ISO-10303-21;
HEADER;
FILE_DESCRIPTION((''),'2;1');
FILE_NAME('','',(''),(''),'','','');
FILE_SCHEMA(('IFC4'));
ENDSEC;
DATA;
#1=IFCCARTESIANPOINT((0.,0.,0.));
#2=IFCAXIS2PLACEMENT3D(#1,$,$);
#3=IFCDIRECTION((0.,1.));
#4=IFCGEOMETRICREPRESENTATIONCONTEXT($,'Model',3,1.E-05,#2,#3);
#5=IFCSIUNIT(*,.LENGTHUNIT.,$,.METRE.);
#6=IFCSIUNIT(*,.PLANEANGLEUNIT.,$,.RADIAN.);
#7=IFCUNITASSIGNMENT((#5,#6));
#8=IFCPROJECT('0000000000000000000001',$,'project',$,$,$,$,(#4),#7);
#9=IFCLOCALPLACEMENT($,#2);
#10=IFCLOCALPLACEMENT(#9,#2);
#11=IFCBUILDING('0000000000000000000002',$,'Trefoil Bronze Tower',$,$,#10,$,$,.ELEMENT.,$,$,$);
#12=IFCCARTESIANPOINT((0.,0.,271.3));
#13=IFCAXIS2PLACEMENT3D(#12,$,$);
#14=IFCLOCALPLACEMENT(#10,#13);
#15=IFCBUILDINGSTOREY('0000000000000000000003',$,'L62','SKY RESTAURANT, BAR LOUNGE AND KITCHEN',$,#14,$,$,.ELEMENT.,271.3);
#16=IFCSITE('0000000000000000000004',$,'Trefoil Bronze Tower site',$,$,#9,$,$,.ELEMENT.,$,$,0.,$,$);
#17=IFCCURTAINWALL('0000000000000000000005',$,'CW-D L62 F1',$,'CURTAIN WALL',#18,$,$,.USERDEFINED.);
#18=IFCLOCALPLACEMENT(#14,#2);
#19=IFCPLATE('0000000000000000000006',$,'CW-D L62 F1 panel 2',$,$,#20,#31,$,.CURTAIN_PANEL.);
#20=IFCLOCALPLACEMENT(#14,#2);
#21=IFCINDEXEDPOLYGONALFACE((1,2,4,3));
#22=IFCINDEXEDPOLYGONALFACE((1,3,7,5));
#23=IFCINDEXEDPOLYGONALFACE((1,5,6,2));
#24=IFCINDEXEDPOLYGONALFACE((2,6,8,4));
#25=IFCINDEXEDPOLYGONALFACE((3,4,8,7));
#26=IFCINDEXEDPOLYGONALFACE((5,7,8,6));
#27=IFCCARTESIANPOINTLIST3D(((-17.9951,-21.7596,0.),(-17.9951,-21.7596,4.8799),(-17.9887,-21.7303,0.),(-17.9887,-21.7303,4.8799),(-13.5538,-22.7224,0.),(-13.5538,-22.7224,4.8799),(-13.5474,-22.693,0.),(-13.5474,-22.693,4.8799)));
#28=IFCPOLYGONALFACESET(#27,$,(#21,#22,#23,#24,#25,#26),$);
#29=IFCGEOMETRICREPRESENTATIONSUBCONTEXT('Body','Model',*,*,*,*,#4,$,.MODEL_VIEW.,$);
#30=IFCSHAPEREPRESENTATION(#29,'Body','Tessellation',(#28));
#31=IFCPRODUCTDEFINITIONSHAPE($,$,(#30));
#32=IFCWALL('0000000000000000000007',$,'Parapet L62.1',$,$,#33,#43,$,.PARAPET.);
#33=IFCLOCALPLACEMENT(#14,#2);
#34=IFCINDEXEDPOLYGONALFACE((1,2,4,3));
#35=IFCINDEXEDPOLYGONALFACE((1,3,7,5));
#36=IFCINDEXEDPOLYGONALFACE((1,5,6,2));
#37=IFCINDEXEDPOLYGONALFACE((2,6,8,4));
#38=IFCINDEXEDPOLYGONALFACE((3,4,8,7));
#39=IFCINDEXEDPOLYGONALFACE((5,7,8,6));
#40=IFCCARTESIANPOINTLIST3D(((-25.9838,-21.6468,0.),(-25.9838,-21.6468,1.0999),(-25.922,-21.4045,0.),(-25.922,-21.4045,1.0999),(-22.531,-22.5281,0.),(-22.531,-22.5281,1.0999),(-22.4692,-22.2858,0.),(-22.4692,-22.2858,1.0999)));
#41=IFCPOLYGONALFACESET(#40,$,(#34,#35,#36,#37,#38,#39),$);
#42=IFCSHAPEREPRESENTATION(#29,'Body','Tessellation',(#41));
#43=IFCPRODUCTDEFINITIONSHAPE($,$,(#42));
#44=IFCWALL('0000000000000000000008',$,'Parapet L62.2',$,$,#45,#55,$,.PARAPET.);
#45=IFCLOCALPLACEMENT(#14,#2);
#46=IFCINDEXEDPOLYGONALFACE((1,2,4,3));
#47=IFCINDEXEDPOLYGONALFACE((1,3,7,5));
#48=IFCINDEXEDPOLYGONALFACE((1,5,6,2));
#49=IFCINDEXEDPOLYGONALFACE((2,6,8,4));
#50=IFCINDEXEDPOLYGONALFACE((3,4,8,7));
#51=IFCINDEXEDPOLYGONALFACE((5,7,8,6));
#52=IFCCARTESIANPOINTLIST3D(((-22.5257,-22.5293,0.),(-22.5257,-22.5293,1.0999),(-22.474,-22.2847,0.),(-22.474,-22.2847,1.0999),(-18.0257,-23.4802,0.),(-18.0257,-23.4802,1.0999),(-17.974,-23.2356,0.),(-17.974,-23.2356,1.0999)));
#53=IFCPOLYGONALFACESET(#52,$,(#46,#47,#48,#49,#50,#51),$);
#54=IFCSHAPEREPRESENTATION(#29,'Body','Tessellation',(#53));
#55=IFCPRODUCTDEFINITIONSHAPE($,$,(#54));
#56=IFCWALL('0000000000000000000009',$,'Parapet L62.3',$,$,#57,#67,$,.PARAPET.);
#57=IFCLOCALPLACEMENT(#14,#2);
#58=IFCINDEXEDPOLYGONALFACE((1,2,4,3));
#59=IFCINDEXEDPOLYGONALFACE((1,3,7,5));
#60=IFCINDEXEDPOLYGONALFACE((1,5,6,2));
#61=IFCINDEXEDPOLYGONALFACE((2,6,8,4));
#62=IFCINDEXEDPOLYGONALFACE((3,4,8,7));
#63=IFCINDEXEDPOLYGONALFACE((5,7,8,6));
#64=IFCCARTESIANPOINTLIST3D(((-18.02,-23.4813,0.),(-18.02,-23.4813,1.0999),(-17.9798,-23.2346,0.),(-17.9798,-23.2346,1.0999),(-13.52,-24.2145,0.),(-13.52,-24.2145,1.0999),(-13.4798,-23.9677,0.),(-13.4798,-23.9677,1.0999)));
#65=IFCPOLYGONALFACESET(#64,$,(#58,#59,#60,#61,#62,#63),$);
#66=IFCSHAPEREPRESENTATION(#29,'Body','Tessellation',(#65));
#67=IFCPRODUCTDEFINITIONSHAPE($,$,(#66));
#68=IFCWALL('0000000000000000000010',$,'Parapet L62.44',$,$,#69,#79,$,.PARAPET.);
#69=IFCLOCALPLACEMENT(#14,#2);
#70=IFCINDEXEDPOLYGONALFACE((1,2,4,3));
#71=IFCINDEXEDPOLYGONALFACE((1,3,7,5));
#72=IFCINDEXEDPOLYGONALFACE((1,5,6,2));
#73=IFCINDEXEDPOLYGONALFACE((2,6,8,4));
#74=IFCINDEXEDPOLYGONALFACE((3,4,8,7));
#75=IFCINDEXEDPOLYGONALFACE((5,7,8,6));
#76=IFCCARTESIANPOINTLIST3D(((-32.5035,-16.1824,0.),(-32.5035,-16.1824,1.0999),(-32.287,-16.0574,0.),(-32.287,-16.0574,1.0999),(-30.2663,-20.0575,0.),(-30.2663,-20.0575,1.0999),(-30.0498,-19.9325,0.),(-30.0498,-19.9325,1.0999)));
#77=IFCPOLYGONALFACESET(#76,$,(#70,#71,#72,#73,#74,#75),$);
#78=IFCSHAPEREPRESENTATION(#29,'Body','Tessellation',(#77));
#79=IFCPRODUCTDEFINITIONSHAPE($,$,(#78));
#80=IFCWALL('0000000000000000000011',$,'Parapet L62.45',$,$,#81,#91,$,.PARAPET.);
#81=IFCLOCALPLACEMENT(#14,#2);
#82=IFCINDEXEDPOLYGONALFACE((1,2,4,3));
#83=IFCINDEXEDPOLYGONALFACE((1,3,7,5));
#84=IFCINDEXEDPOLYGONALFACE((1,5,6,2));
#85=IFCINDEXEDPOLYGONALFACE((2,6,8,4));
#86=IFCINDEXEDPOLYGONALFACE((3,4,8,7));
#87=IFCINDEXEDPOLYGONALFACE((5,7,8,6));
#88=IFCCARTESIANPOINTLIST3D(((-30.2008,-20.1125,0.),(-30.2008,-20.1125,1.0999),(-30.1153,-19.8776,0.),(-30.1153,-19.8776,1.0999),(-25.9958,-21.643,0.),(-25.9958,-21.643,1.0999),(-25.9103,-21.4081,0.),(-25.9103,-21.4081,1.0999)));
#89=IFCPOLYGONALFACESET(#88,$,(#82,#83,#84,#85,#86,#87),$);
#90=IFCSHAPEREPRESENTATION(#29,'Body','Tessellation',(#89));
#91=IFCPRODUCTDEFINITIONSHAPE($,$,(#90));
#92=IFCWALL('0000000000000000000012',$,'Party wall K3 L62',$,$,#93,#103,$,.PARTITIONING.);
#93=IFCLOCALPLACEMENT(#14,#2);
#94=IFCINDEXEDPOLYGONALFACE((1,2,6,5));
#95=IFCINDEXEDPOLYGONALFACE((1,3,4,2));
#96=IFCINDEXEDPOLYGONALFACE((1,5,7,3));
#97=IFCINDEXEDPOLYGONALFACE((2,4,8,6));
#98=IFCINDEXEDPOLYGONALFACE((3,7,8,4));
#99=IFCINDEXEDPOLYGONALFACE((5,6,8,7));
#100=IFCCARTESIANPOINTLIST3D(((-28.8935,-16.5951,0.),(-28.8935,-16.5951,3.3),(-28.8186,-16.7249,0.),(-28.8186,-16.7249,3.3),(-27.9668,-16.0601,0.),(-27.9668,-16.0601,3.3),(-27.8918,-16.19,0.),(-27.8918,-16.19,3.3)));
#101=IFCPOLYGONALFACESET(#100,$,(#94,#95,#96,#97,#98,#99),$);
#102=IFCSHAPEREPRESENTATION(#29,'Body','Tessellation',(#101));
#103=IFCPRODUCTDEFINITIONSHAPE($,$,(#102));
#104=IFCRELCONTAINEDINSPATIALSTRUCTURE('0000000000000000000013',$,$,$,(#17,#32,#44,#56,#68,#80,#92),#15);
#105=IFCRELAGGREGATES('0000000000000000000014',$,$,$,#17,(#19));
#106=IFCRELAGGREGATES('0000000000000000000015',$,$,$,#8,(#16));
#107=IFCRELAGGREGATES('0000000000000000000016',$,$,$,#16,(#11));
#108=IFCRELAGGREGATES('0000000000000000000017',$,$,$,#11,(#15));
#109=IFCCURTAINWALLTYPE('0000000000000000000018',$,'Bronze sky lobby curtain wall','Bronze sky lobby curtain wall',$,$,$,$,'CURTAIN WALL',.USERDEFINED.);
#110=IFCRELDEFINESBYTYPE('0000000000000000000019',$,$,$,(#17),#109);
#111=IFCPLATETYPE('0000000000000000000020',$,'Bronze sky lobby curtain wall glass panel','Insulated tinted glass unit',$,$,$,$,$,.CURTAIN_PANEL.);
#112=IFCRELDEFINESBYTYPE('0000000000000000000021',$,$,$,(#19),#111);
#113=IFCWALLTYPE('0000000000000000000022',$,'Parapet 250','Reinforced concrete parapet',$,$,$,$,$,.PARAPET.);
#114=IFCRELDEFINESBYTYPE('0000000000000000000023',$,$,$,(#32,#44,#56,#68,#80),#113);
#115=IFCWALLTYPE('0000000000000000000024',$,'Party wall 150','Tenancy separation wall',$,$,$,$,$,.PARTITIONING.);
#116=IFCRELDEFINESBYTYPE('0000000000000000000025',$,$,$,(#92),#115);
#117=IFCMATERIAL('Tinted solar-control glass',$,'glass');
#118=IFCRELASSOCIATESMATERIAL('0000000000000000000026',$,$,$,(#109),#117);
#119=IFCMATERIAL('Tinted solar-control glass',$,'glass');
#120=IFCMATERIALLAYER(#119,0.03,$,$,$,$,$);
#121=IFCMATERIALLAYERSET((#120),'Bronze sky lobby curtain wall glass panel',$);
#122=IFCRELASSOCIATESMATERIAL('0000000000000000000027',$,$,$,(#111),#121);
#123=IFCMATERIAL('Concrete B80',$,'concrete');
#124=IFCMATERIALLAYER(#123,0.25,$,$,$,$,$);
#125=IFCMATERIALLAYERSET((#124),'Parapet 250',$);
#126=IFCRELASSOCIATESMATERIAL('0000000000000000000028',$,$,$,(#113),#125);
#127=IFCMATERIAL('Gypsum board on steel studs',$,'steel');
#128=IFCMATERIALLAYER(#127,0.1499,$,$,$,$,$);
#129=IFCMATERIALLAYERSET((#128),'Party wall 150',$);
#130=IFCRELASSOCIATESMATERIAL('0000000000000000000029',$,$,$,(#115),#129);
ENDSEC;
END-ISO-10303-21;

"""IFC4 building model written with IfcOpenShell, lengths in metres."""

from ifc_helpers import new_model, si_unit, direction, frame, frame_2d, origin, origin_2d, place, context, subcontext, project, spatial, rectangle, extrude, material, layer, layer_set, type_object, element, aggregate, save


model = new_model("IFC4")

# Units and contexts
model_context = context("Model", 3, precision=1e-05, world=origin(), true_north=direction((0.0, 1.0)))
body_context = subcontext(model_context, "Body", "Model", "MODEL_VIEW")
ifc_project = project(units=[si_unit("LENGTHUNIT", "METRE"), si_unit("PLANEANGLEUNIT", "RADIAN")], contexts=[model_context])

# Site, building, storey
site_placement = place(None, origin())
site = spatial("IfcSite", under=ifc_project, at=site_placement, Name="Trefoil Bronze Tower site", CompositionType="ELEMENT", RefElevation=0.0)
building_placement = place(site_placement, origin())
building = spatial("IfcBuilding", under=site, at=building_placement, Name="Trefoil Bronze Tower", CompositionType="ELEMENT")
storey_placement = place(building_placement, frame((0.0, 0.0, 271.3)))
storey = spatial("IfcBuildingStorey", under=building, at=storey_placement, Name="L62", Description="SKY RESTAURANT, BAR LOUNGE AND KITCHEN", CompositionType="ELEMENT", Elevation=271.3)

# Curtain wall
ifc_material_1 = material(Name="Tinted solar-control glass", Category="glass")
curtain_wall_type_1 = type_object("IfcCurtainWallType", Name="Bronze sky lobby curtain wall", Description="Bronze sky lobby curtain wall", ElementType="CURTAIN WALL", PredefinedType="USERDEFINED", material=ifc_material_1)
curtain_wall_1_placement = place(storey_placement, origin())
curtain_wall_1 = element("IfcCurtainWall", 1, at=curtain_wall_1_placement, inside=storey, type_object=curtain_wall_type_1, Name="CW-D L62 F1", ObjectType="CURTAIN WALL", PredefinedType="USERDEFINED")

# Plate
ifc_material_2 = material(Name="Tinted solar-control glass", Category="glass")
ifc_layer_1 = layer(ifc_material_2, 0.03)
ifc_layer_set_1 = layer_set([ifc_layer_1], Name="Bronze sky lobby curtain wall glass panel")
plate_type_1 = type_object("IfcPlateType", Name="Bronze sky lobby curtain wall glass panel", Description="Insulated tinted glass unit", PredefinedType="CURTAIN_PANEL", material=ifc_layer_set_1)
plate_1_placement = place(storey_placement, frame((-15.7712, -22.2263, 0.0), z_axis=(0.0, 0.0, 1.0), x_axis=(0.977303, -0.211846, 0.0)))
plate_1 = element("IfcPlate", 2, at=plate_1_placement, type_object=plate_type_1, Name="CW-D L62 F1 panel 2", PredefinedType="CURTAIN_PANEL", context=body_context, shape_type="SweptSolid", body=[
    extrude(rectangle(XDim=4.5444, YDim=0.03, at=origin_2d()), origin(), (0.0, 0.0, 1.0), 4.8799),
])
aggregate(curtain_wall_1, [plate_1])

# Walls
ifc_material_3 = material(Name="Concrete B80", Category="concrete")
ifc_layer_2 = layer(ifc_material_3, 0.25)
ifc_layer_set_2 = layer_set([ifc_layer_2], Name="Parapet 250")
wall_type_1 = type_object("IfcWallType", Name="Parapet 250", Description="Reinforced concrete parapet", PredefinedType="PARAPET", material=ifc_layer_set_2)
wall_1_placement = place(storey_placement, frame((-25.9529, -21.5256, 0.0), z_axis=(0.0, 0.0, 1.0), x_axis=(0.968934, -0.24732, 0.0)))
element("IfcWall", 3, at=wall_1_placement, inside=storey, type_object=wall_type_1, Name="Parapet L62.1", PredefinedType="PARAPET", context=body_context, shape_type="SweptSolid", body=[
    extrude(rectangle(XDim=3.5635, YDim=0.25, at=frame_2d((1.7817, 0.0))), origin(), (0.0, 0.0, 1.0), 1.0999),
])
wall_2_placement = place(storey_placement, frame((-22.5, -22.407, 0.0), z_axis=(0.0, 0.0, 1.0), x_axis=(0.978393, -0.206751, 0.0)))
element("IfcWall", 4, at=wall_2_placement, inside=storey, type_object=wall_type_1, Name="Parapet L62.2", PredefinedType="PARAPET", context=body_context, shape_type="SweptSolid", body=[
    extrude(rectangle(XDim=4.5994, YDim=0.25, at=frame_2d((2.2998, 0.0))), origin(), (0.0, 0.0, 1.0), 1.0999),
])
wall_3_placement = place(storey_placement, frame((-18.0, -23.3579, 0.0), z_axis=(0.0, 0.0, 1.0), x_axis=(0.986987, -0.160803, 0.0)))
element("IfcWall", 5, at=wall_3_placement, inside=storey, type_object=wall_type_1, Name="Parapet L62.3", PredefinedType="PARAPET", context=body_context, shape_type="SweptSolid", body=[
    extrude(rectangle(XDim=4.5593, YDim=0.25, at=frame_2d((2.2798, 0.0))), origin(), (0.0, 0.0, 1.0), 1.0999),
])
wall_4_placement = place(storey_placement, frame((-32.3953, -16.1199, 0.0), z_axis=(0.0, 0.0, 1.0), x_axis=(0.499989, -0.866032, 0.0)))
element("IfcWall", 6, at=wall_4_placement, inside=storey, type_object=wall_type_1, Name="Parapet L62.44", PredefinedType="PARAPET", context=body_context, shape_type="SweptSolid", body=[
    extrude(rectangle(XDim=4.4746, YDim=0.25, at=frame_2d((2.2373, 0.0))), origin(), (0.0, 0.0, 1.0), 1.0999),
])
wall_5_placement = place(storey_placement, frame((-30.158, -19.9951, 0.0), z_axis=(0.0, 0.0, 1.0), x_axis=(0.939693, -0.342019, 0.0)))
element("IfcWall", 7, at=wall_5_placement, inside=storey, type_object=wall_type_1, Name="Parapet L62.45", PredefinedType="PARAPET", context=body_context, shape_type="SweptSolid", body=[
    extrude(rectangle(XDim=4.4749, YDim=0.25, at=frame_2d((2.2373, 0.0))), origin(), (0.0, 0.0, 1.0), 1.0999),
])
ifc_material_4 = material(Name="Gypsum board on steel studs", Category="steel")
ifc_layer_3 = layer(ifc_material_4, 0.1499)
ifc_layer_set_3 = layer_set([ifc_layer_3], Name="Party wall 150")
wall_type_2 = type_object("IfcWallType", Name="Party wall 150", Description="Tenancy separation wall", PredefinedType="PARTITIONING", material=ifc_layer_set_3)
wall_6_placement = place(storey_placement, frame((-27.9292, -16.125, 0.0), z_axis=(0.0, 0.0, 1.0), x_axis=(-0.866087, -0.499894, 0.0)))
element("IfcWall", 8, at=wall_6_placement, inside=storey, type_object=wall_type_2, Name="Party wall K3 L62", PredefinedType="PARTITIONING", context=body_context, shape_type="SweptSolid", body=[
    extrude(rectangle(XDim=1.0701, YDim=0.1499, at=frame_2d((0.5352, 0.0))), origin(), (0.0, 0.0, 1.0), 3.3),
])

save(model, "model.ifc")
